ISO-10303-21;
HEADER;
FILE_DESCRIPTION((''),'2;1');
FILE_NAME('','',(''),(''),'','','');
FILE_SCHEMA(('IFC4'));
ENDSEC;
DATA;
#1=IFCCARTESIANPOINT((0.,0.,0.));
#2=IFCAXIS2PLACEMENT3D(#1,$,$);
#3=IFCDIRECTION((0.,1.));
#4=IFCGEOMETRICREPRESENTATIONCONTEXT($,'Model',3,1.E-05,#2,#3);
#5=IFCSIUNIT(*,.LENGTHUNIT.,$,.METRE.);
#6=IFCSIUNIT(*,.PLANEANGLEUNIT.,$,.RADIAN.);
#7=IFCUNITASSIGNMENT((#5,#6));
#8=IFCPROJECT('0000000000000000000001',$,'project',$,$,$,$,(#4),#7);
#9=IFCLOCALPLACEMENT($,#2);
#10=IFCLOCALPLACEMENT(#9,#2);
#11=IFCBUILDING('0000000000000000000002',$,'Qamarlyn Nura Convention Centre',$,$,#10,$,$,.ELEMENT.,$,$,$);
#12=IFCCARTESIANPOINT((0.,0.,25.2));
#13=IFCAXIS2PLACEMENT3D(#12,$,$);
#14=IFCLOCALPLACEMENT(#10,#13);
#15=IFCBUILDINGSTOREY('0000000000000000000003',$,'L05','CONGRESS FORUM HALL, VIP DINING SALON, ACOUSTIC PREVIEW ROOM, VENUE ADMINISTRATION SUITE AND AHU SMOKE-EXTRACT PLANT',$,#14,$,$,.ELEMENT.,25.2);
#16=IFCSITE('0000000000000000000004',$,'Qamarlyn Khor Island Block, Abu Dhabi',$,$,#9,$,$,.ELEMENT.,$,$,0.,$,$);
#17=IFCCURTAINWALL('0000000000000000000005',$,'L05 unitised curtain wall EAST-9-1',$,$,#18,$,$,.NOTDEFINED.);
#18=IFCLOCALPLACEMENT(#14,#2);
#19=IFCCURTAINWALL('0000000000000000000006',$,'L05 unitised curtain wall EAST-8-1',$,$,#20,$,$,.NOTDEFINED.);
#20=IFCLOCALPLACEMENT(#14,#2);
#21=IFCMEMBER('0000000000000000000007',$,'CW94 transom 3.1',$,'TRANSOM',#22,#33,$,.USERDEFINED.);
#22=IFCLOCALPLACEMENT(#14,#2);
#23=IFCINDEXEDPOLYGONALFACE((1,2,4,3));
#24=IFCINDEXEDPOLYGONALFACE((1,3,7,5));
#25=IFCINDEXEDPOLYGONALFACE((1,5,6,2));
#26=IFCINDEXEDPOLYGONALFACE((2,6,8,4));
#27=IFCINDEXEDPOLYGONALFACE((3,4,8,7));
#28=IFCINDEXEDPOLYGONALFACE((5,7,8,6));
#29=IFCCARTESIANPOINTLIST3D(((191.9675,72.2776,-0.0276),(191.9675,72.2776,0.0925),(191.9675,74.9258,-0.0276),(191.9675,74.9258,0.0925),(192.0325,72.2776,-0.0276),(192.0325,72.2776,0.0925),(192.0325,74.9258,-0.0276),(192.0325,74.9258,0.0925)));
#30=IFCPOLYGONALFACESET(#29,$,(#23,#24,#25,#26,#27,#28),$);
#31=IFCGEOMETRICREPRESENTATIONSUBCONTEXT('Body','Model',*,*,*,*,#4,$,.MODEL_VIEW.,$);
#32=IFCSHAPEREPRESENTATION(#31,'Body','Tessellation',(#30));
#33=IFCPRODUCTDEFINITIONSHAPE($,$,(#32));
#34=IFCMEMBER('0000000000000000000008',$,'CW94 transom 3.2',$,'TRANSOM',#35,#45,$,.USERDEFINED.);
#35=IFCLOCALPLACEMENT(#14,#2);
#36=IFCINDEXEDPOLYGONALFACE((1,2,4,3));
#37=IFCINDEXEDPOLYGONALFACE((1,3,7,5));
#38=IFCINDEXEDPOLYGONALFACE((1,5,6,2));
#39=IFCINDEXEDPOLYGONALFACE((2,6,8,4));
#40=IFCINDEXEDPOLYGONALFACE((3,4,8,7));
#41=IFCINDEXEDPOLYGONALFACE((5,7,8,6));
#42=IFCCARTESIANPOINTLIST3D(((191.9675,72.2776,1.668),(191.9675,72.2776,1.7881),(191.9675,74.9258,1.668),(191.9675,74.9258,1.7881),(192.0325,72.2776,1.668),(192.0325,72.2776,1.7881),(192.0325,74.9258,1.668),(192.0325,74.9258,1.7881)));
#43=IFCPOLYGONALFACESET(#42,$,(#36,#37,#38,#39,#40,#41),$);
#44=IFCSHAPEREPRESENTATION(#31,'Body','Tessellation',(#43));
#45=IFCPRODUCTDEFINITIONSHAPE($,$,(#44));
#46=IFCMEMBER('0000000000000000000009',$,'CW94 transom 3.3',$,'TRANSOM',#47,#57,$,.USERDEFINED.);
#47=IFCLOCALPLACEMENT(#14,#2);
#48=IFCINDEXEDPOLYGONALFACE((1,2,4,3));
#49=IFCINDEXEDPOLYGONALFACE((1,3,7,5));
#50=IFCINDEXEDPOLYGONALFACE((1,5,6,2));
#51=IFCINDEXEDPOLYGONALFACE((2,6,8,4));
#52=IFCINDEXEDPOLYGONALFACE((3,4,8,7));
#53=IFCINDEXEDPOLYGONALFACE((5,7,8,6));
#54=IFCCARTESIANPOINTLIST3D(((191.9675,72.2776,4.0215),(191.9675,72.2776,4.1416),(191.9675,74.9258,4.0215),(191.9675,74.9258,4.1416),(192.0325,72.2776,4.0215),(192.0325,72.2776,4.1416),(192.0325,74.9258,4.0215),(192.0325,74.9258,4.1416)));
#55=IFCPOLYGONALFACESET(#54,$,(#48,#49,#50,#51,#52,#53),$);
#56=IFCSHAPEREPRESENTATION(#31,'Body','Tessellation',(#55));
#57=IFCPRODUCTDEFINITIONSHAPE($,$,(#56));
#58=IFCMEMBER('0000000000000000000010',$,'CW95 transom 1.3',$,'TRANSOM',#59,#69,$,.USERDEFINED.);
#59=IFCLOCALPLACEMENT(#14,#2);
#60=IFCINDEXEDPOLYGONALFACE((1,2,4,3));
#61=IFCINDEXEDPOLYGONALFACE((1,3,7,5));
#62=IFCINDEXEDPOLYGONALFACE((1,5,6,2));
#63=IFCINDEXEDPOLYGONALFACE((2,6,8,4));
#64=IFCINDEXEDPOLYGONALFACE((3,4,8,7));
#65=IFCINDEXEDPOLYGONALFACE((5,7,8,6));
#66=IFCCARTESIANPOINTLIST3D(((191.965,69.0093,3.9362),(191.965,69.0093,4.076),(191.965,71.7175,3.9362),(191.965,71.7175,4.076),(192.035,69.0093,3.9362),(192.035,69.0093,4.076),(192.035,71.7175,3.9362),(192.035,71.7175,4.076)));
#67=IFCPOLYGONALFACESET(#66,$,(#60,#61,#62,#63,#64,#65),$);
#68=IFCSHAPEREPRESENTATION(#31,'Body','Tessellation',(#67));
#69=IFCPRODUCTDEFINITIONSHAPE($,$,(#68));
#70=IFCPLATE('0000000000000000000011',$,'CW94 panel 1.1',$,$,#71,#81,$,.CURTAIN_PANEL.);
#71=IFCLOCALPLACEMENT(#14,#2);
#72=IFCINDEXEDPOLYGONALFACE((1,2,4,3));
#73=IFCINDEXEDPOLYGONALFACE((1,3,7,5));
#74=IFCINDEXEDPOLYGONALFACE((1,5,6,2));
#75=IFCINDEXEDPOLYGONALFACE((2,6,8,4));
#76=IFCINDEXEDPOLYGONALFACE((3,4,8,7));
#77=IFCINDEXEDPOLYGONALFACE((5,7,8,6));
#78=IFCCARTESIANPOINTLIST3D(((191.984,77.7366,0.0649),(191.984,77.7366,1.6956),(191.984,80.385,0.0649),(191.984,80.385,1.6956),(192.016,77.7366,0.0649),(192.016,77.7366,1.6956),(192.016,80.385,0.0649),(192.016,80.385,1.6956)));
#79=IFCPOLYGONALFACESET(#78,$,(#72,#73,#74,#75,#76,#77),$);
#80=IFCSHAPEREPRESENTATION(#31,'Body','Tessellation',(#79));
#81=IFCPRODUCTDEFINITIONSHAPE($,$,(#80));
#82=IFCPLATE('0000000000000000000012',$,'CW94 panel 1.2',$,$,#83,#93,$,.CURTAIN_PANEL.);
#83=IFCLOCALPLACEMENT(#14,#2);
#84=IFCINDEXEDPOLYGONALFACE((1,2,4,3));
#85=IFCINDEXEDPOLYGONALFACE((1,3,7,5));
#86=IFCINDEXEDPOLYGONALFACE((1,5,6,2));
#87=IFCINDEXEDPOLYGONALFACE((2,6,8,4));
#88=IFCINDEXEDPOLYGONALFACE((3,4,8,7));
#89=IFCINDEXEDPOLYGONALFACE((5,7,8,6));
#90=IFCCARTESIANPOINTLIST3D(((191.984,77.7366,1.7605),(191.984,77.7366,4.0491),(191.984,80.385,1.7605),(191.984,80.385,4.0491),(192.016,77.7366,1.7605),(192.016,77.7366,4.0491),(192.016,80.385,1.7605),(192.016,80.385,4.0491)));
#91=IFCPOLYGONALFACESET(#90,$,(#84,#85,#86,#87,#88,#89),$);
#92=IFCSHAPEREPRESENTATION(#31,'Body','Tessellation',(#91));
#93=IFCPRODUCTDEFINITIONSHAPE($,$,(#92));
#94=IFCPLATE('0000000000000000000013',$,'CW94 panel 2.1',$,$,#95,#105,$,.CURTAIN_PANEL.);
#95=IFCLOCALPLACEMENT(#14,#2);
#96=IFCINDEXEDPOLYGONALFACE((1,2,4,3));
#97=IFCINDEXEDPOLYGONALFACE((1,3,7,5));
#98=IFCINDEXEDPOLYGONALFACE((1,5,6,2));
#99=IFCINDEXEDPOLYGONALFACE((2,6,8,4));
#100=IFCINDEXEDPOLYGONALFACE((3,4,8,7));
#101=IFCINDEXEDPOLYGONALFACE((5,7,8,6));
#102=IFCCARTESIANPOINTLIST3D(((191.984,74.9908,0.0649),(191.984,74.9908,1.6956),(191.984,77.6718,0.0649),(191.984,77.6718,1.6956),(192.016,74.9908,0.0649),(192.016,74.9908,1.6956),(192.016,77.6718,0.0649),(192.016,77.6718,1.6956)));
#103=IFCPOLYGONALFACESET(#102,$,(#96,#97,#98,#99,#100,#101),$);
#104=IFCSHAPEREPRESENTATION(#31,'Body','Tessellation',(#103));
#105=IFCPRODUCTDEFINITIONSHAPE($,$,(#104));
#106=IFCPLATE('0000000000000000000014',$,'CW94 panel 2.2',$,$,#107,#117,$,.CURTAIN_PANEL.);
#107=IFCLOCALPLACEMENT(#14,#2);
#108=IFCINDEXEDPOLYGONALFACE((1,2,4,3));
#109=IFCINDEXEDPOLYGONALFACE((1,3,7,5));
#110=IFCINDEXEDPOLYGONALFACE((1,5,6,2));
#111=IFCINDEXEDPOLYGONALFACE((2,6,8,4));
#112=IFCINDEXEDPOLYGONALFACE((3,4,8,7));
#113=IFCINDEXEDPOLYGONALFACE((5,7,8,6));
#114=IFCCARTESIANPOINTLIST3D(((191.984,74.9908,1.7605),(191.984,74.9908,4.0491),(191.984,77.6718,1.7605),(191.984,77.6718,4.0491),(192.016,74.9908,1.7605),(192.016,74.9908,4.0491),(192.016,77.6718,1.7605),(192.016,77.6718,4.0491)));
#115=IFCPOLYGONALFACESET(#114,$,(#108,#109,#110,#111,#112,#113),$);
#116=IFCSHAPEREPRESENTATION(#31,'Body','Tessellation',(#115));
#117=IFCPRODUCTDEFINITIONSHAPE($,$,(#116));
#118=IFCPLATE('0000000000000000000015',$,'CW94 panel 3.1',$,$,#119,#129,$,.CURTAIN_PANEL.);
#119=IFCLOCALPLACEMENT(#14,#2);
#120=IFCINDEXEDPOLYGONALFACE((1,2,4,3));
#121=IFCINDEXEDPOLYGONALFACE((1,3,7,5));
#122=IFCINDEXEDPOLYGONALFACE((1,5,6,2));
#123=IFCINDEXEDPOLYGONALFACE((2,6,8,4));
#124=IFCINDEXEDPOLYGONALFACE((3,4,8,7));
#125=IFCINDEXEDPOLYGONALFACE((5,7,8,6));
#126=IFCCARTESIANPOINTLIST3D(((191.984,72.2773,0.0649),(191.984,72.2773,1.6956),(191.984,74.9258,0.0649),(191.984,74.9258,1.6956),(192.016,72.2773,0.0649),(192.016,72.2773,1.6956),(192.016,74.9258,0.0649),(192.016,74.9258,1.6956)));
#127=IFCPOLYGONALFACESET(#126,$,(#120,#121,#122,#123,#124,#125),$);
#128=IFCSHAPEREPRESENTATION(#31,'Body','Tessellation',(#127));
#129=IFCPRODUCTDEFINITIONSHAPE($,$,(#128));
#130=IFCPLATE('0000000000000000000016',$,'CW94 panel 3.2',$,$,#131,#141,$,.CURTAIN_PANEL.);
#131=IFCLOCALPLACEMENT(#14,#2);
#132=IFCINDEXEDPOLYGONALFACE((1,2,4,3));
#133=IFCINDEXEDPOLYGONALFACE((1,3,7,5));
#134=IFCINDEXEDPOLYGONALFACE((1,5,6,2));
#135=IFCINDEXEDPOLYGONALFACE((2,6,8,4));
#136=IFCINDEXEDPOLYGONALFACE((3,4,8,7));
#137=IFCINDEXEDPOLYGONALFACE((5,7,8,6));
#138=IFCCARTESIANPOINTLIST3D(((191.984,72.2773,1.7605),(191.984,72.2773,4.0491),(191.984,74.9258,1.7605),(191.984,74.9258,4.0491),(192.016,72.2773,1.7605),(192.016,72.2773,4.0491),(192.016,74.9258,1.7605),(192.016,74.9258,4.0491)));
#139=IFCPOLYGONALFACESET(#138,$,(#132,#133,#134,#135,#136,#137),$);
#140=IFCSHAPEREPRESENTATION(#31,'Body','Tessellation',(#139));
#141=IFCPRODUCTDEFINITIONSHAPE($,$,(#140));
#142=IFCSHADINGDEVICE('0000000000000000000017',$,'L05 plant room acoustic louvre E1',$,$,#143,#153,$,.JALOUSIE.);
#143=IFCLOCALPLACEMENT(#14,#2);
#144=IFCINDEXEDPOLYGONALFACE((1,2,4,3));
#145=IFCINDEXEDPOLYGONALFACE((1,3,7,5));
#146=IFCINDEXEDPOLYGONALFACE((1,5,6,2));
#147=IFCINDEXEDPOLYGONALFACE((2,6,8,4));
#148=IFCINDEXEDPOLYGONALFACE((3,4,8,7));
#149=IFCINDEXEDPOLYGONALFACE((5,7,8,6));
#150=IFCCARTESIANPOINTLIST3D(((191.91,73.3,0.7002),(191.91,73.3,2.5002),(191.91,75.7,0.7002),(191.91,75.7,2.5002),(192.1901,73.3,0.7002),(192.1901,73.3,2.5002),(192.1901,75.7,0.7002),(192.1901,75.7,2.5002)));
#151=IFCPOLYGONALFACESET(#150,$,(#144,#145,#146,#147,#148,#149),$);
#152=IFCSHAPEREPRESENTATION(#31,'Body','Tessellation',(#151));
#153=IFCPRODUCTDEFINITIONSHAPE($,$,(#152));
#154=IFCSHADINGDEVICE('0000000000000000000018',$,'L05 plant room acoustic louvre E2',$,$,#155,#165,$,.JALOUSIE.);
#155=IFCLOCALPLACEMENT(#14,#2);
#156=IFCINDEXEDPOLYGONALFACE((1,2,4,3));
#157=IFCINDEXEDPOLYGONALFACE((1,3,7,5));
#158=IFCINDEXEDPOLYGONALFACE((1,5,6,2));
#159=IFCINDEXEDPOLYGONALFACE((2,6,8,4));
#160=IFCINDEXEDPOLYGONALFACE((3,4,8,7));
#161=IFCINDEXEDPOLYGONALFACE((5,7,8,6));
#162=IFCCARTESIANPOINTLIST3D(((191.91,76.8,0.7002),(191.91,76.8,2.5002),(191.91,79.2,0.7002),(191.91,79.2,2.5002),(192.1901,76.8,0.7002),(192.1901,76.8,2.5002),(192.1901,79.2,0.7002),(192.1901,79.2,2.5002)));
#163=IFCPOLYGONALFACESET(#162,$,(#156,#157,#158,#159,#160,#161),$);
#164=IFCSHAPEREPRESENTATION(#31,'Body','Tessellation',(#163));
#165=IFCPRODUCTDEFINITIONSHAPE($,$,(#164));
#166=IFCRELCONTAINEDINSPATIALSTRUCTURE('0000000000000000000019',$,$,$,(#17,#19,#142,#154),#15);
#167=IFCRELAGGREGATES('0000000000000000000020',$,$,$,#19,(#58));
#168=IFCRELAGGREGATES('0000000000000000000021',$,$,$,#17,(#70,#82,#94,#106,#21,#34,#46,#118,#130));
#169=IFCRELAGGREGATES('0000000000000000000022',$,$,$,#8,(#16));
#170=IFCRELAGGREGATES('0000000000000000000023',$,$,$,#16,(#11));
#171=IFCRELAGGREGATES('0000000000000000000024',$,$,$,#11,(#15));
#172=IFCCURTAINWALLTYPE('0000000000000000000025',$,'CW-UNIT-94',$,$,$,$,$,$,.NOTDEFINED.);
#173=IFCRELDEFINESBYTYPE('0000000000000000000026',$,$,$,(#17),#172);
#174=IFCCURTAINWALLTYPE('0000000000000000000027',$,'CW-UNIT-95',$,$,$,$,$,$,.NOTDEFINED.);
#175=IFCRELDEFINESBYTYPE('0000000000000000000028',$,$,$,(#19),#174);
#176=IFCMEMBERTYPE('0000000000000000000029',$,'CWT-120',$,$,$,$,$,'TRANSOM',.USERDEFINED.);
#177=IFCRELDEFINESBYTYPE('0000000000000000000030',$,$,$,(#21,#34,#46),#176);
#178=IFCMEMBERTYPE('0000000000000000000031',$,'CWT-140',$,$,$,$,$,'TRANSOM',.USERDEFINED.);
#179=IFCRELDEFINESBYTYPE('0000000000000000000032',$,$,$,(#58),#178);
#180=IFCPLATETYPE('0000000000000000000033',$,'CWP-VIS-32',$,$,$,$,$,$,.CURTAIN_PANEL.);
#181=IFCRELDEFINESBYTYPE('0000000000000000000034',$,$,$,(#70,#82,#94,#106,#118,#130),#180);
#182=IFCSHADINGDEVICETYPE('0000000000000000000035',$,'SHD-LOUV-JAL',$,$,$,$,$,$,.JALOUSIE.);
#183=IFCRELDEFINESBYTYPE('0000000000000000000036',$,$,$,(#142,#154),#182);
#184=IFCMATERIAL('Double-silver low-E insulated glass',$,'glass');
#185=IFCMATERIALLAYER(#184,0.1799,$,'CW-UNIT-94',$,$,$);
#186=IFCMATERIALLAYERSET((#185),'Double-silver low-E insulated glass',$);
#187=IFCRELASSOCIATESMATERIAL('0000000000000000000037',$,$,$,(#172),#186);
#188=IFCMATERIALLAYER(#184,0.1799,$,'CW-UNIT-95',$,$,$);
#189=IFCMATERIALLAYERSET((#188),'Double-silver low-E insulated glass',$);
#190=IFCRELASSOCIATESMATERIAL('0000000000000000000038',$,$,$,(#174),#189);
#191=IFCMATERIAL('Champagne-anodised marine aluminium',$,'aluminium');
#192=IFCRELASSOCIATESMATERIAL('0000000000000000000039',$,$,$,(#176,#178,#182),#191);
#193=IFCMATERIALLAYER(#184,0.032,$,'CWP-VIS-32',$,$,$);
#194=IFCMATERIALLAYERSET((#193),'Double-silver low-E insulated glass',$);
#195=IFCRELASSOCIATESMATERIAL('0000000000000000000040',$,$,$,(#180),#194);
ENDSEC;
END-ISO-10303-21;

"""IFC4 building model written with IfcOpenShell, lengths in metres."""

from ifc_helpers import new_model, si_unit, direction, frame, origin, origin_2d, place, context, subcontext, project, spatial, rectangle, extrude, material, layer, layer_set, material_profile, profile_set, type_object, element, aggregate, save


model = new_model("IFC4")

# Units and contexts
model_context = context("Model", 3, precision=1e-05, world=origin(), true_north=direction((0.0, 1.0)))
body_context = subcontext(model_context, "Body", "Model", "MODEL_VIEW")
ifc_project = project(units=[si_unit("LENGTHUNIT", "METRE"), si_unit("PLANEANGLEUNIT", "RADIAN")], contexts=[model_context])

# Site, building, storey
site_placement = place(None, origin())
site = spatial("IfcSite", under=ifc_project, at=site_placement, Name="Qamarlyn Khor Island Block, Abu Dhabi", CompositionType="ELEMENT", RefElevation=0.0)
building_placement = place(site_placement, origin())
building = spatial("IfcBuilding", under=site, at=building_placement, Name="Qamarlyn Nura Convention Centre", CompositionType="ELEMENT")
storey_placement = place(building_placement, frame((0.0, 0.0, 25.2)))
storey = spatial("IfcBuildingStorey", under=building, at=storey_placement, Name="L05", Description="CONGRESS FORUM HALL, VIP DINING SALON, ACOUSTIC PREVIEW ROOM, VENUE ADMINISTRATION SUITE AND AHU SMOKE-EXTRACT PLANT", CompositionType="ELEMENT", Elevation=25.2)

# Curtain wall
ifc_material_1 = material(Name="Double-silver low-E insulated glass", Category="glass")
ifc_layer_1 = layer(ifc_material_1, 0.1799, Name="CW-UNIT-94")
ifc_layer_set_1 = layer_set([ifc_layer_1], Name="Double-silver low-E insulated glass")
curtain_wall_type_1 = type_object("IfcCurtainWallType", Name="CW-UNIT-94", PredefinedType="NOTDEFINED", material=ifc_layer_set_1)
curtain_wall_1_placement = place(storey_placement, origin())
curtain_wall_1 = element("IfcCurtainWall", 1, at=curtain_wall_1_placement, inside=storey, type_object=curtain_wall_type_1, Name="L05 unitised curtain wall EAST-9-1", PredefinedType="NOTDEFINED")
ifc_material_2 = material(Name="Champagne-anodised marine aluminium", Category="aluminium")

# Curtain wall
ifc_layer_2 = layer(ifc_material_1, 0.1799, Name="CW-UNIT-95")
ifc_layer_set_2 = layer_set([ifc_layer_2], Name="Double-silver low-E insulated glass")
curtain_wall_type_2 = type_object("IfcCurtainWallType", Name="CW-UNIT-95", PredefinedType="NOTDEFINED", material=ifc_layer_set_2)
curtain_wall_2_placement = place(storey_placement, origin())
curtain_wall_2 = element("IfcCurtainWall", 2, at=curtain_wall_2_placement, inside=storey, type_object=curtain_wall_type_2, Name="L05 unitised curtain wall EAST-8-1", PredefinedType="NOTDEFINED")

# Members
ifc_material_profile_1 = material_profile(ifc_material_2, rectangle(XDim=0.0649, YDim=0.1201, at=origin_2d()), Name="ALU TRANSOM 65x120")
ifc_profile_set_1 = profile_set([ifc_material_profile_1], Name="Champagne-anodised marine aluminium")
member_type_1 = type_object("IfcMemberType", Name="CWT-120", ElementType="TRANSOM", PredefinedType="USERDEFINED", material=ifc_profile_set_1)
member_1_placement = place(storey_placement, frame((192.0, 74.9258, 0.0325), z_axis=(0.0, -1.0, 0.0), x_axis=(1.0, 0.0, 0.0)))
member_1 = element("IfcMember", 3, at=member_1_placement, type_object=member_type_1, Name="CW94 transom 3.1", ObjectType="TRANSOM", PredefinedType="USERDEFINED", context=body_context, shape_type="SweptSolid", body=[
    extrude(rectangle(XDim=0.0649, YDim=0.1201, at=origin_2d()), origin(), (0.0, 0.0, 1.0), 2.6482),
])
member_2_placement = place(storey_placement, frame((192.0, 74.9258, 1.728), z_axis=(0.0, -1.0, 0.0), x_axis=(1.0, 0.0, 0.0)))
member_2 = element("IfcMember", 4, at=member_2_placement, type_object=member_type_1, Name="CW94 transom 3.2", ObjectType="TRANSOM", PredefinedType="USERDEFINED", context=body_context, shape_type="SweptSolid", body=[
    extrude(rectangle(XDim=0.0649, YDim=0.1201, at=origin_2d()), origin(), (0.0, 0.0, 1.0), 2.6482),
])
member_3_placement = place(storey_placement, frame((192.0, 74.9258, 4.0815), z_axis=(0.0, -1.0, 0.0), x_axis=(1.0, 0.0, 0.0)))
member_3 = element("IfcMember", 5, at=member_3_placement, type_object=member_type_1, Name="CW94 transom 3.3", ObjectType="TRANSOM", PredefinedType="USERDEFINED", context=body_context, shape_type="SweptSolid", body=[
    extrude(rectangle(XDim=0.0649, YDim=0.1201, at=origin_2d()), origin(), (0.0, 0.0, 1.0), 2.6482),
])
ifc_material_profile_2 = material_profile(ifc_material_2, rectangle(XDim=0.0701, YDim=0.1399, at=origin_2d()), Name="ALU TRANSOM 70x140")
ifc_profile_set_2 = profile_set([ifc_material_profile_2], Name="Champagne-anodised marine aluminium")
member_type_2 = type_object("IfcMemberType", Name="CWT-140", ElementType="TRANSOM", PredefinedType="USERDEFINED", material=ifc_profile_set_2)
member_4_placement = place(storey_placement, frame((192.0, 71.7175, 4.0061), z_axis=(0.0, -1.0, 0.0), x_axis=(1.0, 0.0, 0.0)))
member_4 = element("IfcMember", 6, at=member_4_placement, type_object=member_type_2, Name="CW95 transom 1.3", ObjectType="TRANSOM", PredefinedType="USERDEFINED", context=body_context, shape_type="SweptSolid", body=[
    extrude(rectangle(XDim=0.0701, YDim=0.1399, at=origin_2d()), origin(), (0.0, 0.0, 1.0), 2.7083),
])
aggregate(curtain_wall_2, [member_4])

# Plates
ifc_layer_3 = layer(ifc_material_1, 0.032, Name="CWP-VIS-32")
ifc_layer_set_3 = layer_set([ifc_layer_3], Name="Double-silver low-E insulated glass")
plate_type = type_object("IfcPlateType", Name="CWP-VIS-32", PredefinedType="CURTAIN_PANEL", material=ifc_layer_set_3)
plate_1_placement = place(storey_placement, frame((192.0, 79.0608, 0.0649), z_axis=(0.0, 0.0, 1.0), x_axis=(0.0, -1.0, 0.0)))
plate_1 = element("IfcPlate", 7, at=plate_1_placement, type_object=plate_type, Name="CW94 panel 1.1", PredefinedType="CURTAIN_PANEL", context=body_context, shape_type="SweptSolid", body=[
    extrude(rectangle(XDim=2.6484, YDim=0.032, at=origin_2d()), origin(), (0.0, 0.0, 1.0), 1.6306),
])
plate_2_placement = place(storey_placement, frame((192.0, 79.0608, 1.7605), z_axis=(0.0, 0.0, 1.0), x_axis=(0.0, -1.0, 0.0)))
plate_2 = element("IfcPlate", 8, at=plate_2_placement, type_object=plate_type, Name="CW94 panel 1.2", PredefinedType="CURTAIN_PANEL", context=body_context, shape_type="SweptSolid", body=[
    extrude(rectangle(XDim=2.6484, YDim=0.032, at=origin_2d()), origin(), (0.0, 0.0, 1.0), 2.2886),
])
plate_3_placement = place(storey_placement, frame((192.0, 76.3313, 0.0649), z_axis=(0.0, 0.0, 1.0), x_axis=(0.0, -1.0, 0.0)))
plate_3 = element("IfcPlate", 9, at=plate_3_placement, type_object=plate_type, Name="CW94 panel 2.1", PredefinedType="CURTAIN_PANEL", context=body_context, shape_type="SweptSolid", body=[
    extrude(rectangle(XDim=2.6809, YDim=0.032, at=origin_2d()), origin(), (0.0, 0.0, 1.0), 1.6306),
])
plate_4_placement = place(storey_placement, frame((192.0, 76.3313, 1.7605), z_axis=(0.0, 0.0, 1.0), x_axis=(0.0, -1.0, 0.0)))
plate_4 = element("IfcPlate", 10, at=plate_4_placement, type_object=plate_type, Name="CW94 panel 2.2", PredefinedType="CURTAIN_PANEL", context=body_context, shape_type="SweptSolid", body=[
    extrude(rectangle(XDim=2.6809, YDim=0.032, at=origin_2d()), origin(), (0.0, 0.0, 1.0), 2.2886),
])
plate_5_placement = place(storey_placement, frame((192.0, 73.6016, 0.0649), z_axis=(0.0, 0.0, 1.0), x_axis=(0.0, -1.0, 0.0)))
plate_5 = element("IfcPlate", 11, at=plate_5_placement, type_object=plate_type, Name="CW94 panel 3.1", PredefinedType="CURTAIN_PANEL", context=body_context, shape_type="SweptSolid", body=[
    extrude(rectangle(XDim=2.6484, YDim=0.032, at=origin_2d()), origin(), (0.0, 0.0, 1.0), 1.6306),
])
plate_6_placement = place(storey_placement, frame((192.0, 73.6016, 1.7605), z_axis=(0.0, 0.0, 1.0), x_axis=(0.0, -1.0, 0.0)))
plate_6 = element("IfcPlate", 12, at=plate_6_placement, type_object=plate_type, Name="CW94 panel 3.2", PredefinedType="CURTAIN_PANEL", context=body_context, shape_type="SweptSolid", body=[
    extrude(rectangle(XDim=2.6484, YDim=0.032, at=origin_2d()), origin(), (0.0, 0.0, 1.0), 2.2886),
])
aggregate(curtain_wall_1, [plate_1, plate_2, plate_3, plate_4, member_1, member_2, member_3, plate_5, plate_6])

# Shading devices
shading_device_type = type_object("IfcShadingDeviceType", Name="SHD-LOUV-JAL", PredefinedType="JALOUSIE", material=ifc_material_2)
for number, where, z_axis, x_axis, name in (
    (13, (192.05, 74.5, 0.7002), (0.0, 0.0, 1.0), (1.0, 0.0, 0.0), "L05 plant room acoustic louvre E1"),
    (14, (192.05, 78.0, 0.7002), (0.0, 0.0, 1.0), (1.0, 0.0, 0.0), "L05 plant room acoustic louvre E2"),
):
    element("IfcShadingDevice", number, at=place(storey_placement, frame(where, z_axis=z_axis, x_axis=x_axis)), inside=storey, type_object=shading_device_type, Name=name, PredefinedType="JALOUSIE", context=body_context, shape_type="SweptSolid", body=[
        extrude(rectangle(XDim=0.28, YDim=2.3999, at=origin_2d()), origin(), (0.0, 0.0, 1.0), 1.8),
    ])

save(model, "model.ifc")
